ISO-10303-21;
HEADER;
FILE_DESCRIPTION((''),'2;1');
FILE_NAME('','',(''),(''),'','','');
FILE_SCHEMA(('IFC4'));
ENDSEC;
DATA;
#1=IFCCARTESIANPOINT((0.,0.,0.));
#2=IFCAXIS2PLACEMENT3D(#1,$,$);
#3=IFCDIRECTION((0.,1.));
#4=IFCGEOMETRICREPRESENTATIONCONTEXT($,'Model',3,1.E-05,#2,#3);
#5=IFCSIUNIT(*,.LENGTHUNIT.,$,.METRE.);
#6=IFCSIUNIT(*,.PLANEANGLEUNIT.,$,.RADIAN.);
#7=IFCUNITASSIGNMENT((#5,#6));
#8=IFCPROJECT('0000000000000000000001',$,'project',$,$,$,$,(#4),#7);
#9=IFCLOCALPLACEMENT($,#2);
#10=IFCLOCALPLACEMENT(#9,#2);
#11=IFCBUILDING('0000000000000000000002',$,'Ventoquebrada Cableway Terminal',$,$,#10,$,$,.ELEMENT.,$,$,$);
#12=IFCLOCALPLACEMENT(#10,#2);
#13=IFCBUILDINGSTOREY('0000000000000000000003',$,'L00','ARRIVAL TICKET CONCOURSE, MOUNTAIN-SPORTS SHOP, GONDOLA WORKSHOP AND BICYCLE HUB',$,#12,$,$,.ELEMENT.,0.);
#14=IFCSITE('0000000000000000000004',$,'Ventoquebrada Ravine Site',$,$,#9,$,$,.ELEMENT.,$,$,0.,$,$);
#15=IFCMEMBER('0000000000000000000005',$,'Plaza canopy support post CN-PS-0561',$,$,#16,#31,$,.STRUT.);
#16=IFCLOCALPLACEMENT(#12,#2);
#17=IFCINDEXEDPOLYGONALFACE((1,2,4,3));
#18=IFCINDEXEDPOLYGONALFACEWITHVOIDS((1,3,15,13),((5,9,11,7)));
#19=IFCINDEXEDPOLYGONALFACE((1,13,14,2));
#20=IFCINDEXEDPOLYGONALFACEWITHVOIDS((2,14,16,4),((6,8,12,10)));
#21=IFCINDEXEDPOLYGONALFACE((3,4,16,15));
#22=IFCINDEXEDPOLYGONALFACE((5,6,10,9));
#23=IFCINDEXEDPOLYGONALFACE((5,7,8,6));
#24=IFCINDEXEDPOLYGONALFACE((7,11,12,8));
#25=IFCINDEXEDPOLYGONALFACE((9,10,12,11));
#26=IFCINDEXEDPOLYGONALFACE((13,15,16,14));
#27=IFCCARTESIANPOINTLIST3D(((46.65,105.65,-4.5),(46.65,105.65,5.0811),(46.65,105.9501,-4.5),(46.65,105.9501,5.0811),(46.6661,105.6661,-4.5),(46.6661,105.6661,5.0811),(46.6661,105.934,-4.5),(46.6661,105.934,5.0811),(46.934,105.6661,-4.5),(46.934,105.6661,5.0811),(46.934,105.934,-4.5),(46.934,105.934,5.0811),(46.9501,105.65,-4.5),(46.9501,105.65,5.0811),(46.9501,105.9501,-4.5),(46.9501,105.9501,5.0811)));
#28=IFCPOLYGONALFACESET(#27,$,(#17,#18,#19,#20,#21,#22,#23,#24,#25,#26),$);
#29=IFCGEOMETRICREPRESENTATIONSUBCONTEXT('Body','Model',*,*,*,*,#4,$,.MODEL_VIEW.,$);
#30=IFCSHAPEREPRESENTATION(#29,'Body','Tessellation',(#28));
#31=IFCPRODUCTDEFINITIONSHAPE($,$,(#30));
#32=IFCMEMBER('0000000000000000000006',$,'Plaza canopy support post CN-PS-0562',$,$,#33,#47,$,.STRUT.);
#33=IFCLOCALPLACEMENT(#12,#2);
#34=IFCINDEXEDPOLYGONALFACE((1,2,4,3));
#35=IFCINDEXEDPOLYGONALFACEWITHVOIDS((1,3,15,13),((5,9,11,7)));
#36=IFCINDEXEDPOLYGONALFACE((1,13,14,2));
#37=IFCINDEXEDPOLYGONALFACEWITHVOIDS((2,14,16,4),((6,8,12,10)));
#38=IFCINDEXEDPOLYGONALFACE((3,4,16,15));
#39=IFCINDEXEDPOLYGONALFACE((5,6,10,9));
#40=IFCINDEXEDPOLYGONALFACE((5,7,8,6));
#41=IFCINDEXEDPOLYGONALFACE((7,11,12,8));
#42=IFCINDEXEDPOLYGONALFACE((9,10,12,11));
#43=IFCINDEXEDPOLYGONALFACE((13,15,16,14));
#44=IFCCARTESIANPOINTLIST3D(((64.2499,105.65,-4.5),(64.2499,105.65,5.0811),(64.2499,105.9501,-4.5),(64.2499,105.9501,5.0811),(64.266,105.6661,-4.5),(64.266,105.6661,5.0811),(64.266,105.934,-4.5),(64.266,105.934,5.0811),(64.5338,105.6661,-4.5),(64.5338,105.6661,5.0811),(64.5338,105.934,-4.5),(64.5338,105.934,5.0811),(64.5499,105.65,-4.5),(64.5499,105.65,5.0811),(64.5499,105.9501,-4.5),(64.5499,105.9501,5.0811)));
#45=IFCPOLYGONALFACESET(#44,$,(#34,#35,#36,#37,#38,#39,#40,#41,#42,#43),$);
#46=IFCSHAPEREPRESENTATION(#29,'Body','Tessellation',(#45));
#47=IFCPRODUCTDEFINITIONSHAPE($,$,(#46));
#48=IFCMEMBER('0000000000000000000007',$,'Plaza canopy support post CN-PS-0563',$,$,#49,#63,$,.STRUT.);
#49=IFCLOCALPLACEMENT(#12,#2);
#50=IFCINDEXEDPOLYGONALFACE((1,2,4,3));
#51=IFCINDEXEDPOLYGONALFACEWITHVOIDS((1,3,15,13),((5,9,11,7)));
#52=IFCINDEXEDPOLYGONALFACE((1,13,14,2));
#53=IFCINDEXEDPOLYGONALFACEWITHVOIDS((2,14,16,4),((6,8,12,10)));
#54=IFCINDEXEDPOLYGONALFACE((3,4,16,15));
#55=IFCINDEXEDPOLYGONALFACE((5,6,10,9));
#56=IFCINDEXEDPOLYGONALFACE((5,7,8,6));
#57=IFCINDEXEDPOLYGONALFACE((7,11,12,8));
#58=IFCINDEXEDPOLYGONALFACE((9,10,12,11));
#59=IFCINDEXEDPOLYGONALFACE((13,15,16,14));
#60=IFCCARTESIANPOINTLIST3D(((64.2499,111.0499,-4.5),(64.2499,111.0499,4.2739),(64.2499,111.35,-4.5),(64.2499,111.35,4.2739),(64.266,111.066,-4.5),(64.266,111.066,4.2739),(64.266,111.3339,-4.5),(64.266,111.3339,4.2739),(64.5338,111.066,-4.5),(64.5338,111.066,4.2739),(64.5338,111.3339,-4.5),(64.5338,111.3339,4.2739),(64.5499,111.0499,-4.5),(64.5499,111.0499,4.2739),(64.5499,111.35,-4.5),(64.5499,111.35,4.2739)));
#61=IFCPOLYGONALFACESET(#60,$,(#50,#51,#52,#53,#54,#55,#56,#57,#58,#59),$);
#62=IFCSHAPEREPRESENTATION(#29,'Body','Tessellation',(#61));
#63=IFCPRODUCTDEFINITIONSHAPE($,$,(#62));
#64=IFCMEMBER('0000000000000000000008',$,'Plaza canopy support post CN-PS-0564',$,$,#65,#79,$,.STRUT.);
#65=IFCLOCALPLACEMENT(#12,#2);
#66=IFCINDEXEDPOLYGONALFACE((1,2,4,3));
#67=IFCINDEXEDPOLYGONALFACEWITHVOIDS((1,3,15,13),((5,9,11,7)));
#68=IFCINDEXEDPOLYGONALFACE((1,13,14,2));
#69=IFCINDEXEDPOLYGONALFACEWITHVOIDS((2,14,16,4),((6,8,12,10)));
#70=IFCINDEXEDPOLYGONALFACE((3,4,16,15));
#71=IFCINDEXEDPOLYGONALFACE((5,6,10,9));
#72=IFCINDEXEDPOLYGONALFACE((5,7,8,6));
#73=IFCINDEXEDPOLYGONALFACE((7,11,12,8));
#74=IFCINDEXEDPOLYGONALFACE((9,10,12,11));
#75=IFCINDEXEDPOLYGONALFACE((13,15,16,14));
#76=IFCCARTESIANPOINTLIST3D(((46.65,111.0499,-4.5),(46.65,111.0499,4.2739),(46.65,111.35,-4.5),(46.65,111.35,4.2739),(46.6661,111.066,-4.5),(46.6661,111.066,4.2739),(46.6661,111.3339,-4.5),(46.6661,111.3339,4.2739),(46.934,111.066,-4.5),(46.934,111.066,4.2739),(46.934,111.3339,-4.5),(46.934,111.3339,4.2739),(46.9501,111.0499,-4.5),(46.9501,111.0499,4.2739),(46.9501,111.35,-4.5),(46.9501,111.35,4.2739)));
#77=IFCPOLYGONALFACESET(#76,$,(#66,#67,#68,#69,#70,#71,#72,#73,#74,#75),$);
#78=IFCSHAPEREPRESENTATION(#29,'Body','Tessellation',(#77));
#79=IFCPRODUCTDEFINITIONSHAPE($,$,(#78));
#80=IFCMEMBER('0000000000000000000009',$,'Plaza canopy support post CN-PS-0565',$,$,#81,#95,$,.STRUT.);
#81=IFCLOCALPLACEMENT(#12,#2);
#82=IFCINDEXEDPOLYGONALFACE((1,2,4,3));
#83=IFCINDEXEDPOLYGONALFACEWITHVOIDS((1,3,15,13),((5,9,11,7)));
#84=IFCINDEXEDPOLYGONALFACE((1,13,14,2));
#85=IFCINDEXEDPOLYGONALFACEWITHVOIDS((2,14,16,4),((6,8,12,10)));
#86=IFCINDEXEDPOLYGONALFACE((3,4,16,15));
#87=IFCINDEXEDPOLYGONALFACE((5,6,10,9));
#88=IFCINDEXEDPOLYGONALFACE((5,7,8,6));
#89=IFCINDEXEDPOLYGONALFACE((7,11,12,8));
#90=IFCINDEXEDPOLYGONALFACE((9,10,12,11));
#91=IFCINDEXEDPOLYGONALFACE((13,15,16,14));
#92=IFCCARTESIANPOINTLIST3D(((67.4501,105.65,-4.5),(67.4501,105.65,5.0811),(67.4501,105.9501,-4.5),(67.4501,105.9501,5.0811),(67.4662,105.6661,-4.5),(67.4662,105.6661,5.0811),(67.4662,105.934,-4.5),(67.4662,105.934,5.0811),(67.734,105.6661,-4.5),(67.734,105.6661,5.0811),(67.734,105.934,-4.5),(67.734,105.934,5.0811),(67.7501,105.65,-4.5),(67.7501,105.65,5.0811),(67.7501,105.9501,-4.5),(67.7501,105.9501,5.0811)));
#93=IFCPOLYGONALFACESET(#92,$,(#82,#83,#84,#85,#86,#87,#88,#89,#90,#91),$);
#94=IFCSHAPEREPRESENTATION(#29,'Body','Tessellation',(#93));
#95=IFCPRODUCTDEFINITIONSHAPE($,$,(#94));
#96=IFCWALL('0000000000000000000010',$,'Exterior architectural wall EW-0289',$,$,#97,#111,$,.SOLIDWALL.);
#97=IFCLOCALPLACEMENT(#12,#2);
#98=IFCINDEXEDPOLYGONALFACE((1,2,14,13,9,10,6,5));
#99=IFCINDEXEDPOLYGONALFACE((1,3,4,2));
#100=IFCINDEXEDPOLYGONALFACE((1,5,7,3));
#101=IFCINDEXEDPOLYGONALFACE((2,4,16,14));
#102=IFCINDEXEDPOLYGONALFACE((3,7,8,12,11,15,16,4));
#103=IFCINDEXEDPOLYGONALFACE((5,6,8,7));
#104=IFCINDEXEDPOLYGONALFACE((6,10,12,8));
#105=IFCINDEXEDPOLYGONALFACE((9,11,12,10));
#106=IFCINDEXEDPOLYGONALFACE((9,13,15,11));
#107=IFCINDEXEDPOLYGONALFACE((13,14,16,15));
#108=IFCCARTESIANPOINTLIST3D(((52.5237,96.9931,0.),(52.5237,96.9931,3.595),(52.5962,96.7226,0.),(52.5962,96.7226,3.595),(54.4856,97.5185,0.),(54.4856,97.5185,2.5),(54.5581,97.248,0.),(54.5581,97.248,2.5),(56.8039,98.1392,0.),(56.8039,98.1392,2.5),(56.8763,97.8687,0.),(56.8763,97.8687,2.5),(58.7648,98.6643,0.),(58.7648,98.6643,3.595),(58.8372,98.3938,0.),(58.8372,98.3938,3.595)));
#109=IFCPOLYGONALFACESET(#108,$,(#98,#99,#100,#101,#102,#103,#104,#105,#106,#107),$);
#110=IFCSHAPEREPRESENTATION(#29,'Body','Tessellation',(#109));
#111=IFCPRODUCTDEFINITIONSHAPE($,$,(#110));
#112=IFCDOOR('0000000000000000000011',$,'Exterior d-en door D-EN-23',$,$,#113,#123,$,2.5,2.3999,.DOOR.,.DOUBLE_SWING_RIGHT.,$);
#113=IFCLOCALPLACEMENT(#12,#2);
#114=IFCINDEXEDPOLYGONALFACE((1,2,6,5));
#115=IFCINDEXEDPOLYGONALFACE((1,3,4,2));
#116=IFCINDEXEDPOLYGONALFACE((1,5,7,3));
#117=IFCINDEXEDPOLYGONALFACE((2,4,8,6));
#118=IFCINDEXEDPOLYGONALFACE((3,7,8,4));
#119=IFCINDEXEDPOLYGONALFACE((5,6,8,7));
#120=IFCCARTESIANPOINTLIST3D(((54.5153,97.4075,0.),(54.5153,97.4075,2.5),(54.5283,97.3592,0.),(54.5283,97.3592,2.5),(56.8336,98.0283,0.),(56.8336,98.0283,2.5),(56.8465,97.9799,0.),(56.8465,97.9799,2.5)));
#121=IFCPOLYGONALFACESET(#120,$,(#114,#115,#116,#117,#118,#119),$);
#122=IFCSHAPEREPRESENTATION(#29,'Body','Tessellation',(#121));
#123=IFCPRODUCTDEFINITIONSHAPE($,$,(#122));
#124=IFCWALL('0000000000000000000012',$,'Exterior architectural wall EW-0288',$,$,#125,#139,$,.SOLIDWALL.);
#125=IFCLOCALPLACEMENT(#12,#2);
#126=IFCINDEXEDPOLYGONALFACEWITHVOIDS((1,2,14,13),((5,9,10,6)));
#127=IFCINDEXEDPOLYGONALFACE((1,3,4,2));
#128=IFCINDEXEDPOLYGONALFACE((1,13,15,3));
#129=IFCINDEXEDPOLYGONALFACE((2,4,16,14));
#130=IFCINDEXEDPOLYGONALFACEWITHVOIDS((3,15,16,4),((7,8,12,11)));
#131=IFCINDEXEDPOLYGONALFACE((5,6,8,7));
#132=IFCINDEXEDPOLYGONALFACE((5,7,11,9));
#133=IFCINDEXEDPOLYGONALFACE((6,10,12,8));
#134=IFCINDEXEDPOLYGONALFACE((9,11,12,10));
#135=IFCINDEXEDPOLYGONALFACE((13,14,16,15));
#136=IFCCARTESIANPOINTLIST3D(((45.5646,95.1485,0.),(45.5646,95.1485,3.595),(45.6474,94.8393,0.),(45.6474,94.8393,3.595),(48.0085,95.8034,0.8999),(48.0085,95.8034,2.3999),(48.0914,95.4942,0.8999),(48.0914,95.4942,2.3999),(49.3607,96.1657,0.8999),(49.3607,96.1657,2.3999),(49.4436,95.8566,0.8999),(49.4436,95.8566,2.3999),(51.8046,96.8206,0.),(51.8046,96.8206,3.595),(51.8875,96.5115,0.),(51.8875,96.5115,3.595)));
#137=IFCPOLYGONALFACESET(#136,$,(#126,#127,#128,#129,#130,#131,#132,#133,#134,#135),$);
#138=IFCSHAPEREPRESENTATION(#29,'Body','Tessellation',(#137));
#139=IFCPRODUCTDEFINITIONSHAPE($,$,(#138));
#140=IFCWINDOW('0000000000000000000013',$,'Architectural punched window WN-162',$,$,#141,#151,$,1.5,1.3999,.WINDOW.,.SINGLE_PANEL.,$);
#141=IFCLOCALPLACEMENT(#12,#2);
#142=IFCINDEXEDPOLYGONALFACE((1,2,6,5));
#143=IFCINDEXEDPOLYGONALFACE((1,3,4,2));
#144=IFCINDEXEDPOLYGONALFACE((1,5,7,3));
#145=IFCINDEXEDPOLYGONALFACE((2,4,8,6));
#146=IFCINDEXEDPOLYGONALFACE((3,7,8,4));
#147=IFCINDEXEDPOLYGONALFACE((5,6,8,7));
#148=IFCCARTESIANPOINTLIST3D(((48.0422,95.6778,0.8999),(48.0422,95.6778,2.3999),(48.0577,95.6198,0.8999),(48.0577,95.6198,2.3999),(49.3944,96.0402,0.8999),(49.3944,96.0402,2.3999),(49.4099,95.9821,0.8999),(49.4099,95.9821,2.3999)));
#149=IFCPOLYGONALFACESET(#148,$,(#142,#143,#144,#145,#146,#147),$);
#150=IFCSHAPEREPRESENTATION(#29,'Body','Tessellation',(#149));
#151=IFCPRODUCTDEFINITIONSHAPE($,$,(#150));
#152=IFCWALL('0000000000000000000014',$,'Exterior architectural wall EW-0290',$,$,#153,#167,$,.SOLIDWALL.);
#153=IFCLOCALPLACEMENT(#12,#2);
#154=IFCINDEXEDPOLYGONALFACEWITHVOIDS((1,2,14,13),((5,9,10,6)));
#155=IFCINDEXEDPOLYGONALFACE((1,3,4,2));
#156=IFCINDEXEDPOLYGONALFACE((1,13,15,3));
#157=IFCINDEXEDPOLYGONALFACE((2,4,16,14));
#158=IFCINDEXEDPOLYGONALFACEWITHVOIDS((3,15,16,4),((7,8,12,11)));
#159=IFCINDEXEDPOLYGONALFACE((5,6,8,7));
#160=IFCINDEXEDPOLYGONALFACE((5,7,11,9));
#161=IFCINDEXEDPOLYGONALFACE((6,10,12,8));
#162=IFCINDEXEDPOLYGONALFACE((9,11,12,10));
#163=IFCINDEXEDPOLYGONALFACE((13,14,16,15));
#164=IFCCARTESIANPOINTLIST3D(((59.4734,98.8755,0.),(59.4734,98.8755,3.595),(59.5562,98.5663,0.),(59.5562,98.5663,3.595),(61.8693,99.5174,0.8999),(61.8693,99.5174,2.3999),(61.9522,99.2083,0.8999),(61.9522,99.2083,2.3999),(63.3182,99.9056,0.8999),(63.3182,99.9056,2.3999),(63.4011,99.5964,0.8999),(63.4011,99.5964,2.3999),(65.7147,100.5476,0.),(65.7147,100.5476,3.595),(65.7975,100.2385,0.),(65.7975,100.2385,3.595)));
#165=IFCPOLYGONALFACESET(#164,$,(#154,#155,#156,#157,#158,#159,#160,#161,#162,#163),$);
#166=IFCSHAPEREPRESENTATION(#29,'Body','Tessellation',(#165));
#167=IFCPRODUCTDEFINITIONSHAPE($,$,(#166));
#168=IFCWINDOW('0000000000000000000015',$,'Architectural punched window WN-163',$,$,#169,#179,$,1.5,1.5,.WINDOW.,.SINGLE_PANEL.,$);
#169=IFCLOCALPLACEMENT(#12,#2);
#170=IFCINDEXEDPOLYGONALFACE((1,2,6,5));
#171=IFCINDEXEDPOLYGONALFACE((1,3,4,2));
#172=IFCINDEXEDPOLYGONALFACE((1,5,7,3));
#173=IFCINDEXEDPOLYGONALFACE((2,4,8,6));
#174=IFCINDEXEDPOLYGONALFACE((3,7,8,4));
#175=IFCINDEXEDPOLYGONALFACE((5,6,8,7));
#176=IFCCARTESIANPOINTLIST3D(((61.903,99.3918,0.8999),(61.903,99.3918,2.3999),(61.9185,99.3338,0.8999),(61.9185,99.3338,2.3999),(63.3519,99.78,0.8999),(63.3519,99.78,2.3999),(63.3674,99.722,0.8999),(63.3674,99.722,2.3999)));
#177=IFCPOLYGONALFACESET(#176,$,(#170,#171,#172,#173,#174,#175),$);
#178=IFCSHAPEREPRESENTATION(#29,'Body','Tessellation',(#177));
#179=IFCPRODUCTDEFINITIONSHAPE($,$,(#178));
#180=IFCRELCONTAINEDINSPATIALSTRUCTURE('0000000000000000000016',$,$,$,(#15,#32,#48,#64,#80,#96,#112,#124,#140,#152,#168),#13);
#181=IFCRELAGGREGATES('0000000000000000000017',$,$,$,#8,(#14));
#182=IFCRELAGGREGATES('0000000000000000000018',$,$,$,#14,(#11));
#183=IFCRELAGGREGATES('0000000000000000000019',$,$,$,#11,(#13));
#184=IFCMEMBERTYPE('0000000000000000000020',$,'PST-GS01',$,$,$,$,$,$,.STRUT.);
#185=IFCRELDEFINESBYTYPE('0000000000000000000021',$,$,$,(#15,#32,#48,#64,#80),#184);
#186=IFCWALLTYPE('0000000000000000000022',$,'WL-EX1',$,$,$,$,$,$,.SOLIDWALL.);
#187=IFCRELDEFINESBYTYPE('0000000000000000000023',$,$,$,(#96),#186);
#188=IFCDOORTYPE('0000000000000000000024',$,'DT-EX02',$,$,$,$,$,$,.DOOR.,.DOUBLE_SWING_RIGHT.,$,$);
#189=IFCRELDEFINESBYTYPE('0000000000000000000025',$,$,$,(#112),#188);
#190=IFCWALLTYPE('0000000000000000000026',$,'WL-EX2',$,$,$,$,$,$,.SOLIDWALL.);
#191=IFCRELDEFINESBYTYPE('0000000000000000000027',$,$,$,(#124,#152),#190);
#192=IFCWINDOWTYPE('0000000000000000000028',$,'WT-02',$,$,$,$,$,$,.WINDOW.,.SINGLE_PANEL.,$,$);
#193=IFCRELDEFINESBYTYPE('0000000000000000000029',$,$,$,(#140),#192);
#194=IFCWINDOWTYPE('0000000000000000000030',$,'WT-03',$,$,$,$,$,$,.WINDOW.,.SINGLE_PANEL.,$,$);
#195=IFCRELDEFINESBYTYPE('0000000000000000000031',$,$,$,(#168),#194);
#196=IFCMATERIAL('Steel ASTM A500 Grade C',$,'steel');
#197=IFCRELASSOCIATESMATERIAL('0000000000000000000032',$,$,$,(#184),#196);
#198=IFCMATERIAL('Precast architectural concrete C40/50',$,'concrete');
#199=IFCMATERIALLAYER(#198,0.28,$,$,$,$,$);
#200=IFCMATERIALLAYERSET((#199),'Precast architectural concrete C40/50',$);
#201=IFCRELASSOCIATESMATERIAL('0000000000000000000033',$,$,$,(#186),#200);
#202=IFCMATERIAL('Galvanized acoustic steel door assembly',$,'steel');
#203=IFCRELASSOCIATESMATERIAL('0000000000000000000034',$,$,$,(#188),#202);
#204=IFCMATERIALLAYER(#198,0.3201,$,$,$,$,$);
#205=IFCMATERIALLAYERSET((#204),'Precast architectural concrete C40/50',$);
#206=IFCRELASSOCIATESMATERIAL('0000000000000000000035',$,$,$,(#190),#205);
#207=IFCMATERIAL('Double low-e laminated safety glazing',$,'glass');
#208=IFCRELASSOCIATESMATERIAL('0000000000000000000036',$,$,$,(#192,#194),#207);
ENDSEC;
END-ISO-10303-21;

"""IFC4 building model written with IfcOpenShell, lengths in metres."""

from ifc_helpers import new_model, si_unit, direction, frame, frame_2d, origin, origin_2d, place, context, subcontext, project, spatial, rectangle, hollow_rectangle, extrude, material, layer, layer_set, material_profile, profile_set, type_object, element, fill, save


model = new_model("IFC4")

# Units and contexts
model_context = context("Model", 3, precision=1e-05, world=origin(), true_north=direction((0.0, 1.0)))
body_context = subcontext(model_context, "Body", "Model", "MODEL_VIEW")
ifc_project = project(units=[si_unit("LENGTHUNIT", "METRE"), si_unit("PLANEANGLEUNIT", "RADIAN")], contexts=[model_context])

# Site, building, storey
site_placement = place(None, origin())
site = spatial("IfcSite", under=ifc_project, at=site_placement, Name="Ventoquebrada Ravine Site", CompositionType="ELEMENT", RefElevation=0.0)
building_placement = place(site_placement, origin())
building = spatial("IfcBuilding", under=site, at=building_placement, Name="Ventoquebrada Cableway Terminal", CompositionType="ELEMENT")
storey_placement = place(building_placement, origin())
storey = spatial("IfcBuildingStorey", under=building, at=storey_placement, Name="L00", Description="ARRIVAL TICKET CONCOURSE, MOUNTAIN-SPORTS SHOP, GONDOLA WORKSHOP AND BICYCLE HUB", CompositionType="ELEMENT", Elevation=0.0)

# Members
ifc_material_1 = material(Name="Steel ASTM A500 Grade C", Category="steel")
ifc_material_profile_1 = material_profile(ifc_material_1, hollow_rectangle(XDim=0.3, YDim=0.3, WallThickness=0.0161, at=origin_2d()), Name="HSS300X300X16")
ifc_profile_set_1 = profile_set([ifc_material_profile_1], Name="Steel ASTM A500 Grade C")
member_type = type_object("IfcMemberType", Name="PST-GS01", PredefinedType="STRUT", material=ifc_profile_set_1)
for number, where, z_axis, x_axis, name in (
    (1, (46.8, 105.8, -4.5), (0.0, 0.0, 1.0), (1.0, 0.0, 0.0), "Plaza canopy support post CN-PS-0561"),
    (2, (64.3999, 105.8, -4.5), (0.0, 0.0, 1.0), (1.0, 0.0, 0.0), "Plaza canopy support post CN-PS-0562"),
):
    element("IfcMember", number, at=place(storey_placement, frame(where, z_axis=z_axis, x_axis=x_axis)), inside=storey, type_object=member_type, Name=name, PredefinedType="STRUT", context=body_context, shape_type="SweptSolid", body=[
        extrude(hollow_rectangle(XDim=0.3, YDim=0.3, WallThickness=0.0161, at=origin_2d()), origin(), (0.0, 0.0, 1.0), 9.5811),
    ])
for number, where, z_axis, x_axis, name in (
    (3, (64.3999, 111.2, -4.5), (0.0, 0.0, 1.0), (1.0, 0.0, 0.0), "Plaza canopy support post CN-PS-0563"),
    (4, (46.8, 111.2, -4.5), (0.0, 0.0, 1.0), (1.0, 0.0, 0.0), "Plaza canopy support post CN-PS-0564"),
):
    element("IfcMember", number, at=place(storey_placement, frame(where, z_axis=z_axis, x_axis=x_axis)), inside=storey, type_object=member_type, Name=name, PredefinedType="STRUT", context=body_context, shape_type="SweptSolid", body=[
        extrude(hollow_rectangle(XDim=0.3, YDim=0.3, WallThickness=0.0161, at=origin_2d()), origin(), (0.0, 0.0, 1.0), 8.7739),
    ])
member_placement = place(storey_placement, frame((67.6001, 105.8, -4.5), z_axis=(0.0, 0.0, 1.0), x_axis=(1.0, 0.0, 0.0)))
element("IfcMember", 5, at=member_placement, inside=storey, type_object=member_type, Name="Plaza canopy support post CN-PS-0565", PredefinedType="STRUT", context=body_context, shape_type="SweptSolid", body=[
    extrude(hollow_rectangle(XDim=0.3, YDim=0.3, WallThickness=0.0161, at=origin_2d()), origin(), (0.0, 0.0, 1.0), 9.5811),
])

# Wall, opening, door
ifc_material_2 = material(Name="Precast architectural concrete C40/50", Category="concrete")
ifc_layer_1 = layer(ifc_material_2, 0.28)
ifc_layer_set_1 = layer_set([ifc_layer_1], Name="Precast architectural concrete C40/50")
wall_type_1 = type_object("IfcWallType", Name="WL-EX1", PredefinedType="SOLIDWALL", material=ifc_layer_set_1)
wall_1_placement = place(storey_placement, frame((58.801, 98.5291, 0.0), z_axis=(0.0, 0.0, 1.0), x_axis=(-0.965969, -0.258657, 0.0)))
wall_1 = element("IfcWall", 6, at=wall_1_placement, inside=storey, type_object=wall_type_1, Name="Exterior architectural wall EW-0289", PredefinedType="SOLIDWALL", context=body_context, shape_type="SweptSolid", body=[
    extrude(rectangle(XDim=6.4609, YDim=0.28, at=frame_2d((3.2305, 0.0))), origin(), (0.0, 0.0, 1.0), 3.595),
])
opening_1_placement = place(wall_1_placement, frame((2.03, 0.0, 0.0)))
opening_1 = element("IfcOpeningElement", 7, at=opening_1_placement, cuts=wall_1, PredefinedType="OPENING", context=body_context, shape_type="SweptSolid", body=[
    extrude(rectangle(XDim=2.3999, YDim=2.5, at=frame_2d((1.2, 1.25))), frame((0.0, 0.1499, 0.0), z_axis=(0.0, -1.0, 0.0), x_axis=(1.0, 0.0, 0.0)), (0.0, 0.0, 1.0), 0.3),
])
ifc_material_3 = material(Name="Galvanized acoustic steel door assembly", Category="steel")
door_type = type_object("IfcDoorType", Name="DT-EX02", OperationType="DOUBLE_SWING_RIGHT", PredefinedType="DOOR", material=ifc_material_3)
door_placement = place(opening_1_placement, origin())
door = element("IfcDoor", 8, at=door_placement, inside=storey, type_object=door_type, Name="Exterior d-en door D-EN-23", OperationType="DOUBLE_SWING_RIGHT", OverallHeight=2.5, OverallWidth=2.3999, PredefinedType="DOOR", context=body_context, shape_type="SweptSolid", body=[
    extrude(rectangle(XDim=2.3999, YDim=2.5, at=frame_2d((1.2, 1.25))), frame((0.0, 0.0249, 0.0), z_axis=(0.0, -1.0, 0.0), x_axis=(1.0, 0.0, 0.0)), (0.0, 0.0, 1.0), 0.05),
])
fill(opening_1, door)

# Walls, openings, windows
ifc_layer_2 = layer(ifc_material_2, 0.3201)
ifc_layer_set_2 = layer_set([ifc_layer_2], Name="Precast architectural concrete C40/50")
wall_type_2 = type_object("IfcWallType", Name="WL-EX2", PredefinedType="SOLIDWALL", material=ifc_layer_set_2)
wall_2_placement = place(storey_placement, frame((51.8459, 96.666, 0.0), z_axis=(0.0, 0.0, 1.0), x_axis=(-0.965921, -0.258836, 0.0)))
wall_2 = element("IfcWall", 9, at=wall_2_placement, inside=storey, type_object=wall_type_2, Name="Exterior architectural wall EW-0288", PredefinedType="SOLIDWALL", context=body_context, shape_type="SweptSolid", body=[
    extrude(rectangle(XDim=6.4602, YDim=0.3201, at=frame_2d((3.23, 0.0))), origin(), (0.0, 0.0, 1.0), 3.595),
])
opening_2_placement = place(wall_2_placement, frame((2.53, 0.0, 0.8999)))
opening_2 = element("IfcOpeningElement", 10, at=opening_2_placement, cuts=wall_2, PredefinedType="OPENING", context=body_context, shape_type="SweptSolid", body=[
    extrude(rectangle(XDim=1.3999, YDim=1.5, at=frame_2d((0.7, 0.75))), frame((0.0, 0.1699, 0.0), z_axis=(0.0, -1.0, 0.0), x_axis=(1.0, 0.0, 0.0)), (0.0, 0.0, 1.0), 0.3401),
])
ifc_material_4 = material(Name="Double low-e laminated safety glazing", Category="glass")
window_type_1 = type_object("IfcWindowType", Name="WT-02", PartitioningType="SINGLE_PANEL", PredefinedType="WINDOW", material=ifc_material_4)
window_1_placement = place(opening_2_placement, origin())
window_1 = element("IfcWindow", 11, at=window_1_placement, inside=storey, type_object=window_type_1, Name="Architectural punched window WN-162", OverallHeight=1.5, OverallWidth=1.3999, PartitioningType="SINGLE_PANEL", PredefinedType="WINDOW", context=body_context, shape_type="SweptSolid", body=[
    extrude(rectangle(XDim=1.3999, YDim=1.5, at=frame_2d((0.7, 0.75))), frame((0.0, 0.03, 0.0), z_axis=(0.0, -1.0, 0.0), x_axis=(1.0, 0.0, 0.0)), (0.0, 0.0, 1.0), 0.0601),
])
fill(opening_2, window_1)
wall_3_placement = place(storey_placement, frame((65.7561, 100.3931, 0.0), z_axis=(0.0, 0.0, 1.0), x_axis=(-0.965934, -0.258789, 0.0)))
wall_3 = element("IfcWall", 12, at=wall_3_placement, inside=storey, type_object=wall_type_2, Name="Exterior architectural wall EW-0290", PredefinedType="SOLIDWALL", context=body_context, shape_type="SweptSolid", body=[
    extrude(rectangle(XDim=6.4614, YDim=0.3201, at=frame_2d((3.2307, 0.0))), origin(), (0.0, 0.0, 1.0), 3.595),
])
opening_3_placement = place(wall_3_placement, frame((2.481, 0.0, 0.8999)))
opening_3 = element("IfcOpeningElement", 13, at=opening_3_placement, cuts=wall_3, PredefinedType="OPENING", context=body_context, shape_type="SweptSolid", body=[
    extrude(rectangle(XDim=1.5, YDim=1.5, at=frame_2d((0.75, 0.75))), frame((0.0, 0.1699, 0.0), z_axis=(0.0, -1.0, 0.0), x_axis=(1.0, 0.0, 0.0)), (0.0, 0.0, 1.0), 0.3401),
])
window_type_2 = type_object("IfcWindowType", Name="WT-03", PartitioningType="SINGLE_PANEL", PredefinedType="WINDOW", material=ifc_material_4)
window_2_placement = place(opening_3_placement, origin())
window_2 = element("IfcWindow", 14, at=window_2_placement, inside=storey, type_object=window_type_2, Name="Architectural punched window WN-163", OverallHeight=1.5, OverallWidth=1.5, PartitioningType="SINGLE_PANEL", PredefinedType="WINDOW", context=body_context, shape_type="SweptSolid", body=[
    extrude(rectangle(XDim=1.5, YDim=1.5, at=frame_2d((0.75, 0.75))), frame((0.0, 0.03, 0.0), z_axis=(0.0, -1.0, 0.0), x_axis=(1.0, 0.0, 0.0)), (0.0, 0.0, 1.0), 0.0601),
])
fill(opening_3, window_2)

save(model, "model.ifc")
